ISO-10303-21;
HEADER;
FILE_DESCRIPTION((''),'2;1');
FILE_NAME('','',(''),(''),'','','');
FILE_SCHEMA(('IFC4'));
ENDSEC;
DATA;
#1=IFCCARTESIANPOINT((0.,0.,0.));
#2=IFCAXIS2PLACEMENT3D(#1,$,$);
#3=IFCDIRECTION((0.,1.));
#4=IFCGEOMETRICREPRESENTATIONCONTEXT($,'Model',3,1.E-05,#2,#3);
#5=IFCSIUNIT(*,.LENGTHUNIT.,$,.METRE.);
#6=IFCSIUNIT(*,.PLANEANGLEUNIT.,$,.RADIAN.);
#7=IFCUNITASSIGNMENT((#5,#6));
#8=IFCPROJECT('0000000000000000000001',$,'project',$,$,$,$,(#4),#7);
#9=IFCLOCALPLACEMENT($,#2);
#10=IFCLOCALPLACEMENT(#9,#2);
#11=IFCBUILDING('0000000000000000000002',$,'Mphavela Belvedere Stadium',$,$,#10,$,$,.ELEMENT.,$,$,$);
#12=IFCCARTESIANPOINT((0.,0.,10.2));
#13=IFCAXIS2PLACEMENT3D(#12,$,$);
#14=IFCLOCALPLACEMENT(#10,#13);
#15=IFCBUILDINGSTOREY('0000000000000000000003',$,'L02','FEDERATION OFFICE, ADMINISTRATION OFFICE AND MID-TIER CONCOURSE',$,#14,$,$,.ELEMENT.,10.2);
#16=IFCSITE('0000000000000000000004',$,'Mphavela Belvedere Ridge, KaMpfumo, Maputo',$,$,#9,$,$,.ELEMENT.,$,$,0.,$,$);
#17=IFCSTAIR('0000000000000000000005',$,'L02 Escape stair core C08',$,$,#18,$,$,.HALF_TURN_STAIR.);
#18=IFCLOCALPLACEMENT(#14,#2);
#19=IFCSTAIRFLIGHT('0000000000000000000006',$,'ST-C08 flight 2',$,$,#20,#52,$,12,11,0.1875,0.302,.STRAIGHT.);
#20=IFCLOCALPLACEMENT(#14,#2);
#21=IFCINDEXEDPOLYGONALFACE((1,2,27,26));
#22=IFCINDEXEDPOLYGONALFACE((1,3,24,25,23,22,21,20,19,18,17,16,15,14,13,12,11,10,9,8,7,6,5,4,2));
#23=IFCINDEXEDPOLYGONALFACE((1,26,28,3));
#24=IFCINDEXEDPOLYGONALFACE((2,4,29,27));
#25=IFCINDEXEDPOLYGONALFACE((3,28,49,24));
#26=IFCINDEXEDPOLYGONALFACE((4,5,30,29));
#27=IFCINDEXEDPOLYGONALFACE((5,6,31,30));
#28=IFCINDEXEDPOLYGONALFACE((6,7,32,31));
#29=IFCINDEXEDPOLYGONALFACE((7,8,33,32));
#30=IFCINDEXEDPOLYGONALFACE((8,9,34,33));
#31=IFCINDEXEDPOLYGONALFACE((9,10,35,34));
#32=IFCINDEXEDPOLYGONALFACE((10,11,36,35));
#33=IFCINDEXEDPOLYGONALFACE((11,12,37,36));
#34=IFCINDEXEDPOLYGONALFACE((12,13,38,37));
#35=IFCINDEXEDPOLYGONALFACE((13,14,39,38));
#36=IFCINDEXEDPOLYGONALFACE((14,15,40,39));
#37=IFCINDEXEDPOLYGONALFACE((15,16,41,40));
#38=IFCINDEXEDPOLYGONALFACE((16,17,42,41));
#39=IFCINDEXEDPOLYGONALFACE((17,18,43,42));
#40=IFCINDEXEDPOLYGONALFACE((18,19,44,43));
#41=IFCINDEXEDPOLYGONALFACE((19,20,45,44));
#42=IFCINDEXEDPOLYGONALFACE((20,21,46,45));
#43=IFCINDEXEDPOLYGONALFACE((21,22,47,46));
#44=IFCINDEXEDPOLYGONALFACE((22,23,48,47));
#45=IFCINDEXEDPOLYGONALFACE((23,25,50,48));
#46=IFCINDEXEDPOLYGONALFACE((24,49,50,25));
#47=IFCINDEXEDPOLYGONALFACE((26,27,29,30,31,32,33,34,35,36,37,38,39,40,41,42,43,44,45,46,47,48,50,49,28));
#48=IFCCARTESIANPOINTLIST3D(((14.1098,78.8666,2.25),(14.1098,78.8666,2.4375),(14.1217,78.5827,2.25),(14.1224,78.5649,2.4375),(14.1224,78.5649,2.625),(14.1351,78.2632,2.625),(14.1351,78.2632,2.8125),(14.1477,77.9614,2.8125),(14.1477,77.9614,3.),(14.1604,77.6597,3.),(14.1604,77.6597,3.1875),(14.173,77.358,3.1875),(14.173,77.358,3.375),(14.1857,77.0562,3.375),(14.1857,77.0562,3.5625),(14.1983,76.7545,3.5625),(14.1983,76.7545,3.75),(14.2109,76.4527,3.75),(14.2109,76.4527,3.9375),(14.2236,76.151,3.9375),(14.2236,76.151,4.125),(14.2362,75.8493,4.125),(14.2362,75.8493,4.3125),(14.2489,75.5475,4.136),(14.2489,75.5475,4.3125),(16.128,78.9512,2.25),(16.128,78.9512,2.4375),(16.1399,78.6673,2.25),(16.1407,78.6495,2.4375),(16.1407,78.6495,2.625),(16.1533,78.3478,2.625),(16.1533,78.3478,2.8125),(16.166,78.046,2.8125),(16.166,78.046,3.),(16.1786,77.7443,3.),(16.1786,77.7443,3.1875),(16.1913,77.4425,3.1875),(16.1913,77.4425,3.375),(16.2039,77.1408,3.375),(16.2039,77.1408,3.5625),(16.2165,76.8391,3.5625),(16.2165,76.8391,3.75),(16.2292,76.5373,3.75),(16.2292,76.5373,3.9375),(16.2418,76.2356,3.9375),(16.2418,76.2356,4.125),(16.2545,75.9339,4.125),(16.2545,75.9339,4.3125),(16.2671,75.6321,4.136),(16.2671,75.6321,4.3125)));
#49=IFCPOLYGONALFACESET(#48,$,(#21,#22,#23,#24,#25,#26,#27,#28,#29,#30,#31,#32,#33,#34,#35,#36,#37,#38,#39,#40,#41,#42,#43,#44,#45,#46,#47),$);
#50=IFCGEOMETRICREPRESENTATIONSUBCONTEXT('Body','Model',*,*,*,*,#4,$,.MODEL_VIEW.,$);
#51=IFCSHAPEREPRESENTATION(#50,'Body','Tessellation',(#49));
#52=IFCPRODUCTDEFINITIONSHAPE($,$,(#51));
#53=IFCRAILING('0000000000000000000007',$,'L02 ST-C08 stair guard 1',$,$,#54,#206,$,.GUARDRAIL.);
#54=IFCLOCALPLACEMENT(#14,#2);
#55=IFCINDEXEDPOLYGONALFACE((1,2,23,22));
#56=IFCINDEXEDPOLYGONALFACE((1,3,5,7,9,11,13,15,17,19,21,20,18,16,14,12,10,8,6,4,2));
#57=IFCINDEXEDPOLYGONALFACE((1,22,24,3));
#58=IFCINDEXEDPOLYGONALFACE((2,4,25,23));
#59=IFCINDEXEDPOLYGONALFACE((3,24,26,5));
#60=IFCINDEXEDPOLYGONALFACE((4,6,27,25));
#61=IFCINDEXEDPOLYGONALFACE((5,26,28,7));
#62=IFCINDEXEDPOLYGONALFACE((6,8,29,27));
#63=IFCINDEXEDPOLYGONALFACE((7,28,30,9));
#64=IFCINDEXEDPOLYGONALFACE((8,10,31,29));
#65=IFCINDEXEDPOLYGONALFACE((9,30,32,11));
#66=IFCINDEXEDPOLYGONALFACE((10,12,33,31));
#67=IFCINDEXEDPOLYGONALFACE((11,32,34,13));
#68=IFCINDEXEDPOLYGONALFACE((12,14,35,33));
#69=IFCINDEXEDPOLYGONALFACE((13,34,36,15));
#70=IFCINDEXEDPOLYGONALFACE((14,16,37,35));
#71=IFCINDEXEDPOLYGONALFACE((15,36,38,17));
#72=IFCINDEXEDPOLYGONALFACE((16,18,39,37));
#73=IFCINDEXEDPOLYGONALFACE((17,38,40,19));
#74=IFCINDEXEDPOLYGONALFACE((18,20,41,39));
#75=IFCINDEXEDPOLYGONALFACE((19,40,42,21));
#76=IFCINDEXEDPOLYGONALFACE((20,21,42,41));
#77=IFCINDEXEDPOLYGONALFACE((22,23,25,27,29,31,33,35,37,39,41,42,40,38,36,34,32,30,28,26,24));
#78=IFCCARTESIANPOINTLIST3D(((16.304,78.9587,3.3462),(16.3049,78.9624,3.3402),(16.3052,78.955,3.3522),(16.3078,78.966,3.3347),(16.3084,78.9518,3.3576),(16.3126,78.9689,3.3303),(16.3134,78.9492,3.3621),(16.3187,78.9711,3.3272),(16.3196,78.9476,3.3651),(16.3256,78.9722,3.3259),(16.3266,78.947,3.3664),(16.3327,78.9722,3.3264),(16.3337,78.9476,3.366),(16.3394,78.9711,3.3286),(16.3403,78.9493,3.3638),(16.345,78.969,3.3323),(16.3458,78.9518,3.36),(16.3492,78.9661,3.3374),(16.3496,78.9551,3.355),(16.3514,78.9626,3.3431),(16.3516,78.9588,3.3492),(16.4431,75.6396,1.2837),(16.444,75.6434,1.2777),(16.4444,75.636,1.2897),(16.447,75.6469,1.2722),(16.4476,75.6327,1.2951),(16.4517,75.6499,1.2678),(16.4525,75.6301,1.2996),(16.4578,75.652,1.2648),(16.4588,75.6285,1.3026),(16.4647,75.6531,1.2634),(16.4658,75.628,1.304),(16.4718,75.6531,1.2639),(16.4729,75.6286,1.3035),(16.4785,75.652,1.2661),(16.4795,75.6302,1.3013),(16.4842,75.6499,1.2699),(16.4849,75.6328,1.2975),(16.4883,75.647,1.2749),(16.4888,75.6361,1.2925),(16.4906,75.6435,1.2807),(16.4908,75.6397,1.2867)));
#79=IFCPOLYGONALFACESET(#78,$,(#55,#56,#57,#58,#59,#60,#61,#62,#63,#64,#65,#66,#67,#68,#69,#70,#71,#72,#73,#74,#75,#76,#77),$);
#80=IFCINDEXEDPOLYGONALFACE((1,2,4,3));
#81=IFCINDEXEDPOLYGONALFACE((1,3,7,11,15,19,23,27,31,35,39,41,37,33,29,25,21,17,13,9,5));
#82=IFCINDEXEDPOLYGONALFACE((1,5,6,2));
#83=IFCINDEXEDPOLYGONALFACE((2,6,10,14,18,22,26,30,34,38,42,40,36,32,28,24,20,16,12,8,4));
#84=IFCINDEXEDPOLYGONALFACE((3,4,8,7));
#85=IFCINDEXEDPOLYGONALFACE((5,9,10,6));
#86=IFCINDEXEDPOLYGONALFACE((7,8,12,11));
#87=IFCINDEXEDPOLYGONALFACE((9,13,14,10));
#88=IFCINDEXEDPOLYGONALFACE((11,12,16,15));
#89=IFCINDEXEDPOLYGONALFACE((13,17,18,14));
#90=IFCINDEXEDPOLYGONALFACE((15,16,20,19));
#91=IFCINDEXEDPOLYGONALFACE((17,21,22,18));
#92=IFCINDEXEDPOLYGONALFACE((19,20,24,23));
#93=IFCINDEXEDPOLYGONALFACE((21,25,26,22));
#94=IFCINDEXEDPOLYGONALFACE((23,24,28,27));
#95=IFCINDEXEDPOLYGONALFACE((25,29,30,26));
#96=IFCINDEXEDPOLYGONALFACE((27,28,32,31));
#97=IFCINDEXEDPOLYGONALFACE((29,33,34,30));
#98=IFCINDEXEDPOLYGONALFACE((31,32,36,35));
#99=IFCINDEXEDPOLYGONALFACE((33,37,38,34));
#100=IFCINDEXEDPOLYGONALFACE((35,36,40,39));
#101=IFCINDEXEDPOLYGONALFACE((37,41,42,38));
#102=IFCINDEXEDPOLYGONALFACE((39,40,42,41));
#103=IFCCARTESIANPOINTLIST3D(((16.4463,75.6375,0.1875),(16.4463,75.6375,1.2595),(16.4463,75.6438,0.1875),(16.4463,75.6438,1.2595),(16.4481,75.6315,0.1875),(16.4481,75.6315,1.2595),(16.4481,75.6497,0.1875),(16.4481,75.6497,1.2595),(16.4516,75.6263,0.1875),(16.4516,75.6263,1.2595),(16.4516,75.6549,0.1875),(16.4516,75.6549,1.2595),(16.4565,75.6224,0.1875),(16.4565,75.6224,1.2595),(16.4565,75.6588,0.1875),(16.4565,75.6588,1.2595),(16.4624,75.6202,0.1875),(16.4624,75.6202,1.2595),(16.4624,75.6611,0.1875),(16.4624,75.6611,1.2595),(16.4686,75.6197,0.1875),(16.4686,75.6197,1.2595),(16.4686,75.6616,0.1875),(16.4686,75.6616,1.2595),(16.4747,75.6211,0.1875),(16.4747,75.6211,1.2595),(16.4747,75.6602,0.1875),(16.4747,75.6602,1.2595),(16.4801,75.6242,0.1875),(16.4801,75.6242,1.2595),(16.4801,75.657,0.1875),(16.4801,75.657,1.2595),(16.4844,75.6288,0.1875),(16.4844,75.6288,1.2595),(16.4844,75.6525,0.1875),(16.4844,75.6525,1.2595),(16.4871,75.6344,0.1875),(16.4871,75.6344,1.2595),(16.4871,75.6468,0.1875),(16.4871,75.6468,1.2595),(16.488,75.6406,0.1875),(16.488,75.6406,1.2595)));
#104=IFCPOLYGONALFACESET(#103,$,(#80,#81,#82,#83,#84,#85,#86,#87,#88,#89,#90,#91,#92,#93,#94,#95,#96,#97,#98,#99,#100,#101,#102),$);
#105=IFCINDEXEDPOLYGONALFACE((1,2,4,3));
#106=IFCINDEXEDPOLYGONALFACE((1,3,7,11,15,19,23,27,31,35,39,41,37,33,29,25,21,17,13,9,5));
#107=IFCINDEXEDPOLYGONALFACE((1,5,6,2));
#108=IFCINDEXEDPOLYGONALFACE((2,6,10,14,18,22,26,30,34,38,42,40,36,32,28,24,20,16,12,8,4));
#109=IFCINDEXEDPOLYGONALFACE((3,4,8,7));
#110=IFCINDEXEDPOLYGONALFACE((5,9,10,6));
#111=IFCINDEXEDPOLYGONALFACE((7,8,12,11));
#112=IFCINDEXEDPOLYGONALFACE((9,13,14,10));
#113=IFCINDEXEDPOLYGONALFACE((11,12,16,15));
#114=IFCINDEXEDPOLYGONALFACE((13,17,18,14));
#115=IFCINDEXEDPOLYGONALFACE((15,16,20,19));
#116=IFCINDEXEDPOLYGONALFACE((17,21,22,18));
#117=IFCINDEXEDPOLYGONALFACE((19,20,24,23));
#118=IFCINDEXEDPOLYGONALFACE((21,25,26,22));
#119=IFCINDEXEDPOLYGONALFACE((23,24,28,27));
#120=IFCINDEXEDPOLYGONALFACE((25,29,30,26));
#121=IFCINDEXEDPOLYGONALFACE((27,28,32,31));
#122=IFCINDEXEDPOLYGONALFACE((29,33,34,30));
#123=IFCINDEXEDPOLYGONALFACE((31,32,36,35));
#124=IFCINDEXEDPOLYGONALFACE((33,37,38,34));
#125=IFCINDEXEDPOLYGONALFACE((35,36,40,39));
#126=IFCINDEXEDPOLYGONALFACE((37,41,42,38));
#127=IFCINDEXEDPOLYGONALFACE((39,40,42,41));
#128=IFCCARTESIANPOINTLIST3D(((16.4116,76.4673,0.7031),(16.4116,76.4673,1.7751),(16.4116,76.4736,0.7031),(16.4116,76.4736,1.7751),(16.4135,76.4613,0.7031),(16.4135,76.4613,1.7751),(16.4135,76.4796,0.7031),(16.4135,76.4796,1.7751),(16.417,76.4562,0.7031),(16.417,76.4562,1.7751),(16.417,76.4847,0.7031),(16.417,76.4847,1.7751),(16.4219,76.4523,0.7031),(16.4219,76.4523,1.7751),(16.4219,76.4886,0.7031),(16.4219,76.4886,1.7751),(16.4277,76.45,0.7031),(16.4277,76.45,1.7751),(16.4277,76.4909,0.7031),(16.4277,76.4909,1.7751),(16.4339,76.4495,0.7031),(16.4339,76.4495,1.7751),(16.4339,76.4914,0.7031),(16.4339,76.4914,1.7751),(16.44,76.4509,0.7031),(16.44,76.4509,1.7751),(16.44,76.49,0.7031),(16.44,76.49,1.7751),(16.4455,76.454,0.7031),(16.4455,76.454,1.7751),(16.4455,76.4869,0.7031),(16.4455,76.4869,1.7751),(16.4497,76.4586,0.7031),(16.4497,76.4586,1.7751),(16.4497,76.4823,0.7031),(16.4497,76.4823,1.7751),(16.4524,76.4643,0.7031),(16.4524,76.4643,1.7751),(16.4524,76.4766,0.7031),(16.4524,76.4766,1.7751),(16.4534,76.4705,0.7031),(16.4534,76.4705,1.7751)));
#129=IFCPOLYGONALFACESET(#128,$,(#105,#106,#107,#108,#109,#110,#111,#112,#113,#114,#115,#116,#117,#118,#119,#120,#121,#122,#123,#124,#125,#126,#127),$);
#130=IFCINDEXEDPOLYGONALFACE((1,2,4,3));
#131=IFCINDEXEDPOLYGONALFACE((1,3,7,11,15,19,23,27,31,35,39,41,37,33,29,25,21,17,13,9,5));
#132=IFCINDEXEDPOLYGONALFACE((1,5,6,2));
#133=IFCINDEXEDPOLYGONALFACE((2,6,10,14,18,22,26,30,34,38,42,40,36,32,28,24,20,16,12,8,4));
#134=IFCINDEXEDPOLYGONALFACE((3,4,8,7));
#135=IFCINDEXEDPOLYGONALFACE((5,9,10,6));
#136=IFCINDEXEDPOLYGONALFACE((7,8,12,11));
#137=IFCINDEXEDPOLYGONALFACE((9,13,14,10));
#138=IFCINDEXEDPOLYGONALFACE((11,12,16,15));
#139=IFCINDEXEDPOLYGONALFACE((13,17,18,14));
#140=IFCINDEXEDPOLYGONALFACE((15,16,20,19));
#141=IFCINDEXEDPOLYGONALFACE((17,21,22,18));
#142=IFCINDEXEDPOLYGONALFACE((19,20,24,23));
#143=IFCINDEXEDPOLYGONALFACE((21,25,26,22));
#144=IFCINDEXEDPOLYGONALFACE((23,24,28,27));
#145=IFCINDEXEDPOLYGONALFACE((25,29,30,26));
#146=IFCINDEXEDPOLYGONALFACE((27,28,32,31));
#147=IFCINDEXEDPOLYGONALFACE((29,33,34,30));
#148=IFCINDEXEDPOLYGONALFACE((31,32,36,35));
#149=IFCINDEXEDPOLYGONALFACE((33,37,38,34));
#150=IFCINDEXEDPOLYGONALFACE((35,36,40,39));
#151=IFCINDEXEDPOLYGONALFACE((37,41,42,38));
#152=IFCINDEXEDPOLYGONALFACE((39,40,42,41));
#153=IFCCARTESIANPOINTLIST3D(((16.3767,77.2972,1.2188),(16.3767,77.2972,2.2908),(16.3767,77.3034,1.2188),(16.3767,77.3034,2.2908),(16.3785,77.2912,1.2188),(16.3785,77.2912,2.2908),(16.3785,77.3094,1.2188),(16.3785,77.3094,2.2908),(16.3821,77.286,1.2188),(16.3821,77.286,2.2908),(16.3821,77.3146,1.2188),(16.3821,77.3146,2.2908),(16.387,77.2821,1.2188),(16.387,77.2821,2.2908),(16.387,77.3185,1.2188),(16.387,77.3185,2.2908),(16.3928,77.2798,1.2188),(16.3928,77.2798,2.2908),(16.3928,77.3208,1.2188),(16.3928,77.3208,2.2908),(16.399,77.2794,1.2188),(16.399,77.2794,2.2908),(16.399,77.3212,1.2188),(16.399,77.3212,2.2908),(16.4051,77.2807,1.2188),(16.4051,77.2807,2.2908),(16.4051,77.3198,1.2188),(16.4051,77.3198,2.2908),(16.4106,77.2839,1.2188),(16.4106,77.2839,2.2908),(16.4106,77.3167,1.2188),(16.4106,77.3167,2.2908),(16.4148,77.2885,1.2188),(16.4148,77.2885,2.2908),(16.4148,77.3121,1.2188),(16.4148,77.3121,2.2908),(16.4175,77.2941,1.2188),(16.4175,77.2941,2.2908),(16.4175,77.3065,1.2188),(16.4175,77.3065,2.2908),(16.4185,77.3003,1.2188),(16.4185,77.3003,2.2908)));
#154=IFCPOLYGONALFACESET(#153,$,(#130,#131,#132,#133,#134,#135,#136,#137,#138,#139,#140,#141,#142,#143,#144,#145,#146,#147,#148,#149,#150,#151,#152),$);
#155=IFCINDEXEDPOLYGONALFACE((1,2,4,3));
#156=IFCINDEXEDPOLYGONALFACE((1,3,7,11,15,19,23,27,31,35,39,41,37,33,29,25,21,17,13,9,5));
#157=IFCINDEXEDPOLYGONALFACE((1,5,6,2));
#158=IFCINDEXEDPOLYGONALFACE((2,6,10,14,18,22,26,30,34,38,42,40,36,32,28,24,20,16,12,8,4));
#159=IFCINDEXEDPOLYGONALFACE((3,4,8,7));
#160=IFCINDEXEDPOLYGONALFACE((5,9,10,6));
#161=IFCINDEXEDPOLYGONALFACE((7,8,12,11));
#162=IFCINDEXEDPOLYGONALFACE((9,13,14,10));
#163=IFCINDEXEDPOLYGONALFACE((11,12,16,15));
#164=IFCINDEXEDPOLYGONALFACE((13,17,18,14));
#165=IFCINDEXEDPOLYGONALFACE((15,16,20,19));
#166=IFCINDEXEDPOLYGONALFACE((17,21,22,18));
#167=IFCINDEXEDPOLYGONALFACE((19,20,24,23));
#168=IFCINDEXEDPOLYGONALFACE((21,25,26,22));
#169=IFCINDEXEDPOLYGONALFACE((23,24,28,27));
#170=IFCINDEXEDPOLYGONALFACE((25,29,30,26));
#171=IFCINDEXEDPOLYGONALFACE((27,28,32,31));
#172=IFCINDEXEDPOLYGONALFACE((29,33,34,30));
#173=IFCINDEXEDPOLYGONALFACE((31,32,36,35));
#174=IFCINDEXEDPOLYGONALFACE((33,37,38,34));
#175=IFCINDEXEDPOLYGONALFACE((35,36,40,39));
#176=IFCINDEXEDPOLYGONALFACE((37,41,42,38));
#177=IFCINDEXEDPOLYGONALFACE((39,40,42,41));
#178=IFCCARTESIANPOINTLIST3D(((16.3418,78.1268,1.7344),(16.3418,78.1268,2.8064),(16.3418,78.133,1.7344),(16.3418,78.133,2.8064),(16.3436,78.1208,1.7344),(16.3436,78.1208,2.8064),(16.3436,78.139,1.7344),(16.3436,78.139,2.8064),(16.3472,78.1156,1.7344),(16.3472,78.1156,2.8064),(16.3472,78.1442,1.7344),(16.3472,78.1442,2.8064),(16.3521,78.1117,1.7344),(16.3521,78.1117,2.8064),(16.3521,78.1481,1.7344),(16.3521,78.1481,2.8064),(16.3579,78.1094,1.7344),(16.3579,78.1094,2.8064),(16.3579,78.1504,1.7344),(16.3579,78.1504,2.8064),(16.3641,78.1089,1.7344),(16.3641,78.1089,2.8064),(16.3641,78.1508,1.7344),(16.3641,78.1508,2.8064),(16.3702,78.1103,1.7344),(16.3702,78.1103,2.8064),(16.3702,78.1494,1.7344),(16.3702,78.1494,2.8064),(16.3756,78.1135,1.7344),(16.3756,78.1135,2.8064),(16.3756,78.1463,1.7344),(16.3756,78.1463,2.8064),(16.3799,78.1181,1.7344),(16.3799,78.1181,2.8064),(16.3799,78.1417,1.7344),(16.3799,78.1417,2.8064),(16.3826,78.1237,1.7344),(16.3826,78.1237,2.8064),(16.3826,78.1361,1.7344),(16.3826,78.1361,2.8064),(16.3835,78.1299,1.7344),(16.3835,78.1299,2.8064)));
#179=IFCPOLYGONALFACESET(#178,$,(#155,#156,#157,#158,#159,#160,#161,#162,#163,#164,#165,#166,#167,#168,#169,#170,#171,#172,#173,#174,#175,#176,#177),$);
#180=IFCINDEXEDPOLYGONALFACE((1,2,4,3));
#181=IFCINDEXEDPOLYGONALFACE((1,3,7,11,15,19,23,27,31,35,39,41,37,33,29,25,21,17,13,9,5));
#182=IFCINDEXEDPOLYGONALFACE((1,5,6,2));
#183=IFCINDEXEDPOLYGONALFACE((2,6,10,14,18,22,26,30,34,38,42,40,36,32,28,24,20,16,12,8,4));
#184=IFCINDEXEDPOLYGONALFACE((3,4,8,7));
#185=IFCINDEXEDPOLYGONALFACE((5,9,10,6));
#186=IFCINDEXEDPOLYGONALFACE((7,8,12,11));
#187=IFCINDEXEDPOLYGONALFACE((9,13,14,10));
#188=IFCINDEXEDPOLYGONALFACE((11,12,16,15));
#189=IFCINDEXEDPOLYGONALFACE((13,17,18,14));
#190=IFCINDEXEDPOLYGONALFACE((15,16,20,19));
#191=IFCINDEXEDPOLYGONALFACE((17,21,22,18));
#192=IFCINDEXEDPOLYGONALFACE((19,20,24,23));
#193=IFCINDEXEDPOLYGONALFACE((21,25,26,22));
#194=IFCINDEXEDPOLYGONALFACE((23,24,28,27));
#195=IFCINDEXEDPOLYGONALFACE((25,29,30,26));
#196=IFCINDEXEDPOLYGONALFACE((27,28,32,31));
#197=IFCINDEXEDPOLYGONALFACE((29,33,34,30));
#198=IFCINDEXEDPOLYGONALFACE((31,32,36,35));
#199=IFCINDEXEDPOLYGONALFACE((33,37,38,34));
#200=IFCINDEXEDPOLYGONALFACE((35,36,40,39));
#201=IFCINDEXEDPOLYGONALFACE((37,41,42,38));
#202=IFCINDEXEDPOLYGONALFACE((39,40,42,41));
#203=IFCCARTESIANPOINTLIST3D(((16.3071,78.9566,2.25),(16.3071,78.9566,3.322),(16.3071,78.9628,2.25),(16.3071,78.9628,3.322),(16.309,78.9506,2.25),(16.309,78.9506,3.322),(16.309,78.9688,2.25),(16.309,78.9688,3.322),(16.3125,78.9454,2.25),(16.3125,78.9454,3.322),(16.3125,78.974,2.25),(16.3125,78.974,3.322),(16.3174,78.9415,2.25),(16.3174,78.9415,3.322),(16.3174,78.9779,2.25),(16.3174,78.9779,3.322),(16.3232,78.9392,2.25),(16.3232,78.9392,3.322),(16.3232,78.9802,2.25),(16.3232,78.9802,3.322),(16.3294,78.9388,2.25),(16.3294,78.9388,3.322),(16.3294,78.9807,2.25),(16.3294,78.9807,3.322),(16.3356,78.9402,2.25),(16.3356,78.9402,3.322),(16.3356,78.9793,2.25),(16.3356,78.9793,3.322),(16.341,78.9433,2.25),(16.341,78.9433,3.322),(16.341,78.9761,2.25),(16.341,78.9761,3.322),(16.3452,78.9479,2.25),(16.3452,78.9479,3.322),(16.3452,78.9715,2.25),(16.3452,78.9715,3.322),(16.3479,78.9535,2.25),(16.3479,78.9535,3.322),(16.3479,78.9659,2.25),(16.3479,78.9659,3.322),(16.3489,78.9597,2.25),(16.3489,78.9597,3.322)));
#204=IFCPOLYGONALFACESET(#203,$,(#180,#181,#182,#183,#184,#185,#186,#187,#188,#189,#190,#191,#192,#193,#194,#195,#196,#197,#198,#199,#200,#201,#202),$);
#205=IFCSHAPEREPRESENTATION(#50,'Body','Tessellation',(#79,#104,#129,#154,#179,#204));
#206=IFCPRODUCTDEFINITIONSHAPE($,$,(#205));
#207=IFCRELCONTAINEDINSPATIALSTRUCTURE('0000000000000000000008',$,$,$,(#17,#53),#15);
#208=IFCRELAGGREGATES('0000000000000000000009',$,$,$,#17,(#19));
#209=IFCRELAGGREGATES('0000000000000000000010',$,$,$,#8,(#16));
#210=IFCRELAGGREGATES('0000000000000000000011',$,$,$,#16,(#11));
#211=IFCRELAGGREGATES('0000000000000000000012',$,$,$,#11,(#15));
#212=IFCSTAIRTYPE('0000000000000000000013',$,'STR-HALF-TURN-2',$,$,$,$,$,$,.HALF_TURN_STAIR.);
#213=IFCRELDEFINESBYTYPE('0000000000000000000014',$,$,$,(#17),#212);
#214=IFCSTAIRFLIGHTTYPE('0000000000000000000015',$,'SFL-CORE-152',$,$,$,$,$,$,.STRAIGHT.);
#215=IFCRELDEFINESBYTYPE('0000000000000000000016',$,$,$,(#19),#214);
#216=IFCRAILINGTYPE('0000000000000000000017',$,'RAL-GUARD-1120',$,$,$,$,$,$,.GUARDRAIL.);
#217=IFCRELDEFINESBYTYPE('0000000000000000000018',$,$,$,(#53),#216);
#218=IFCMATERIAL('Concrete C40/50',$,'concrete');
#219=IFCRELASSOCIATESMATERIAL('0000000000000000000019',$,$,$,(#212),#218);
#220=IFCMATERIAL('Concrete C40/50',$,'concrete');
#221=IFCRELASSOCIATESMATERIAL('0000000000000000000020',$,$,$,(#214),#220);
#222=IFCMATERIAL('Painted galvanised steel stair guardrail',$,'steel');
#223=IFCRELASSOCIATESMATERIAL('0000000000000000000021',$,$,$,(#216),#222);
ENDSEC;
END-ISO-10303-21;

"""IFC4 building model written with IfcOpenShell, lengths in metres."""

from ifc_helpers import new_model, si_unit, direction, frame, origin, origin_2d, place, context, subcontext, project, spatial, polyline, circle, outline, extrude, material, type_object, element, aggregate, save


model = new_model("IFC4")

# Units and contexts
model_context = context("Model", 3, precision=1e-05, world=origin(), true_north=direction((0.0, 1.0)))
body_context = subcontext(model_context, "Body", "Model", "MODEL_VIEW")
ifc_project = project(units=[si_unit("LENGTHUNIT", "METRE"), si_unit("PLANEANGLEUNIT", "RADIAN")], contexts=[model_context])

# Site, building, storey
site_placement = place(None, origin())
site = spatial("IfcSite", under=ifc_project, at=site_placement, Name="Mphavela Belvedere Ridge, KaMpfumo, Maputo", CompositionType="ELEMENT", RefElevation=0.0)
building_placement = place(site_placement, origin())
building = spatial("IfcBuilding", under=site, at=building_placement, Name="Mphavela Belvedere Stadium", CompositionType="ELEMENT")
storey_placement = place(building_placement, frame((0.0, 0.0, 10.2)))
storey = spatial("IfcBuildingStorey", under=building, at=storey_placement, Name="L02", Description="FEDERATION OFFICE, ADMINISTRATION OFFICE AND MID-TIER CONCOURSE", CompositionType="ELEMENT", Elevation=10.2)

# Stair, stair flight
ifc_material_1 = material(Name="Concrete C40/50", Category="concrete")
stair_type = type_object("IfcStairType", Name="STR-HALF-TURN-2", PredefinedType="HALF_TURN_STAIR", material=ifc_material_1)
stair_placement = place(storey_placement, origin())
stair = element("IfcStair", 1, at=stair_placement, inside=storey, type_object=stair_type, Name="L02 Escape stair core C08", PredefinedType="HALF_TURN_STAIR")
ifc_material_2 = material(Name="Concrete C40/50", Category="concrete")
stair_flight_type = type_object("IfcStairFlightType", Name="SFL-CORE-152", PredefinedType="STRAIGHT", material=ifc_material_2)
stair_flight_1_placement = place(storey_placement, frame((15.1189, 78.9089, 2.25), z_axis=(0.0, 0.0, 1.0), x_axis=(0.041876, -0.999123, 0.0)))
stair_flight_1 = element("IfcStairFlight", 2, at=stair_flight_1_placement, type_object=stair_flight_type, Name="ST-C08 flight 2", NumberOfRisers=12, NumberOfTreads=11, PredefinedType="STRAIGHT", RiserHeight=0.1875, TreadLength=0.302, context=body_context, shape_type="SweptSolid", body=[
    extrude(outline(polyline([(0.0, 0.0), (0.0, 0.1875), (0.302, 0.1875), (0.302, 0.375), (0.604, 0.375), (0.604, 0.5625), (0.906, 0.5625), (0.906, 0.75), (1.208, 0.75), (1.208, 0.9375), (1.51, 0.9375), (1.51, 1.125), (1.812, 1.125), (1.812, 1.3125), (2.114, 1.3125), (2.114, 1.5), (2.416, 1.5), (2.416, 1.6875), (2.718, 1.6875), (2.718, 1.875), (3.02, 1.875), (3.02, 2.0625), (3.322, 2.0625), (3.322, 2.25), (3.322, 1.886), (0.2842, 0.0), (0.0, 0.0)])), frame((0.0, 1.01, 0.0), z_axis=(0.0, -1.0, 0.0), x_axis=(1.0, 0.0, 0.0)), (0.0, 0.0, 1.0), 2.02),
])
aggregate(stair, [stair_flight_1])

# Railing
ifc_material_3 = material(Name="Painted galvanised steel stair guardrail", Category="steel")
railing_type_1 = type_object("IfcRailingType", Name="RAL-GUARD-1120", PredefinedType="GUARDRAIL", material=ifc_material_3)
railing_1_placement = place(storey_placement, frame((16.467, 75.6406, 0.1875)))
element("IfcRailing", 3, at=railing_1_placement, inside=storey, type_object=railing_type_1, Name="L02 ST-C08 stair guard 1", PredefinedType="GUARDRAIL", context=body_context, shape_type="SweptSolid", body=[
    extrude(circle(Radius=0.0239, at=origin_2d()), frame((0.0, 0.0, 1.0962), z_axis=(-0.035589, 0.84883, 0.527467), x_axis=(-0.999122, -0.04189, 0.0)), (0.0, 0.0, 1.0), 3.9102),
    extrude(circle(Radius=0.021, at=origin_2d()), origin(), (0.0, 0.0, 1.0), 1.072),
    extrude(circle(Radius=0.021, at=origin_2d()), frame((-0.0347, 0.8298, 0.5156)), (0.0, 0.0, 1.0), 1.072),
    extrude(circle(Radius=0.021, at=origin_2d()), frame((-0.0696, 1.6597, 1.0312)), (0.0, 0.0, 1.0), 1.072),
    extrude(circle(Radius=0.021, at=origin_2d()), frame((-0.1045, 2.4893, 1.5469)), (0.0, 0.0, 1.0), 1.072),
    extrude(circle(Radius=0.021, at=origin_2d()), frame((-0.1392, 3.3191, 2.0625)), (0.0, 0.0, 1.0), 1.072),
])

save(model, "model.ifc")
